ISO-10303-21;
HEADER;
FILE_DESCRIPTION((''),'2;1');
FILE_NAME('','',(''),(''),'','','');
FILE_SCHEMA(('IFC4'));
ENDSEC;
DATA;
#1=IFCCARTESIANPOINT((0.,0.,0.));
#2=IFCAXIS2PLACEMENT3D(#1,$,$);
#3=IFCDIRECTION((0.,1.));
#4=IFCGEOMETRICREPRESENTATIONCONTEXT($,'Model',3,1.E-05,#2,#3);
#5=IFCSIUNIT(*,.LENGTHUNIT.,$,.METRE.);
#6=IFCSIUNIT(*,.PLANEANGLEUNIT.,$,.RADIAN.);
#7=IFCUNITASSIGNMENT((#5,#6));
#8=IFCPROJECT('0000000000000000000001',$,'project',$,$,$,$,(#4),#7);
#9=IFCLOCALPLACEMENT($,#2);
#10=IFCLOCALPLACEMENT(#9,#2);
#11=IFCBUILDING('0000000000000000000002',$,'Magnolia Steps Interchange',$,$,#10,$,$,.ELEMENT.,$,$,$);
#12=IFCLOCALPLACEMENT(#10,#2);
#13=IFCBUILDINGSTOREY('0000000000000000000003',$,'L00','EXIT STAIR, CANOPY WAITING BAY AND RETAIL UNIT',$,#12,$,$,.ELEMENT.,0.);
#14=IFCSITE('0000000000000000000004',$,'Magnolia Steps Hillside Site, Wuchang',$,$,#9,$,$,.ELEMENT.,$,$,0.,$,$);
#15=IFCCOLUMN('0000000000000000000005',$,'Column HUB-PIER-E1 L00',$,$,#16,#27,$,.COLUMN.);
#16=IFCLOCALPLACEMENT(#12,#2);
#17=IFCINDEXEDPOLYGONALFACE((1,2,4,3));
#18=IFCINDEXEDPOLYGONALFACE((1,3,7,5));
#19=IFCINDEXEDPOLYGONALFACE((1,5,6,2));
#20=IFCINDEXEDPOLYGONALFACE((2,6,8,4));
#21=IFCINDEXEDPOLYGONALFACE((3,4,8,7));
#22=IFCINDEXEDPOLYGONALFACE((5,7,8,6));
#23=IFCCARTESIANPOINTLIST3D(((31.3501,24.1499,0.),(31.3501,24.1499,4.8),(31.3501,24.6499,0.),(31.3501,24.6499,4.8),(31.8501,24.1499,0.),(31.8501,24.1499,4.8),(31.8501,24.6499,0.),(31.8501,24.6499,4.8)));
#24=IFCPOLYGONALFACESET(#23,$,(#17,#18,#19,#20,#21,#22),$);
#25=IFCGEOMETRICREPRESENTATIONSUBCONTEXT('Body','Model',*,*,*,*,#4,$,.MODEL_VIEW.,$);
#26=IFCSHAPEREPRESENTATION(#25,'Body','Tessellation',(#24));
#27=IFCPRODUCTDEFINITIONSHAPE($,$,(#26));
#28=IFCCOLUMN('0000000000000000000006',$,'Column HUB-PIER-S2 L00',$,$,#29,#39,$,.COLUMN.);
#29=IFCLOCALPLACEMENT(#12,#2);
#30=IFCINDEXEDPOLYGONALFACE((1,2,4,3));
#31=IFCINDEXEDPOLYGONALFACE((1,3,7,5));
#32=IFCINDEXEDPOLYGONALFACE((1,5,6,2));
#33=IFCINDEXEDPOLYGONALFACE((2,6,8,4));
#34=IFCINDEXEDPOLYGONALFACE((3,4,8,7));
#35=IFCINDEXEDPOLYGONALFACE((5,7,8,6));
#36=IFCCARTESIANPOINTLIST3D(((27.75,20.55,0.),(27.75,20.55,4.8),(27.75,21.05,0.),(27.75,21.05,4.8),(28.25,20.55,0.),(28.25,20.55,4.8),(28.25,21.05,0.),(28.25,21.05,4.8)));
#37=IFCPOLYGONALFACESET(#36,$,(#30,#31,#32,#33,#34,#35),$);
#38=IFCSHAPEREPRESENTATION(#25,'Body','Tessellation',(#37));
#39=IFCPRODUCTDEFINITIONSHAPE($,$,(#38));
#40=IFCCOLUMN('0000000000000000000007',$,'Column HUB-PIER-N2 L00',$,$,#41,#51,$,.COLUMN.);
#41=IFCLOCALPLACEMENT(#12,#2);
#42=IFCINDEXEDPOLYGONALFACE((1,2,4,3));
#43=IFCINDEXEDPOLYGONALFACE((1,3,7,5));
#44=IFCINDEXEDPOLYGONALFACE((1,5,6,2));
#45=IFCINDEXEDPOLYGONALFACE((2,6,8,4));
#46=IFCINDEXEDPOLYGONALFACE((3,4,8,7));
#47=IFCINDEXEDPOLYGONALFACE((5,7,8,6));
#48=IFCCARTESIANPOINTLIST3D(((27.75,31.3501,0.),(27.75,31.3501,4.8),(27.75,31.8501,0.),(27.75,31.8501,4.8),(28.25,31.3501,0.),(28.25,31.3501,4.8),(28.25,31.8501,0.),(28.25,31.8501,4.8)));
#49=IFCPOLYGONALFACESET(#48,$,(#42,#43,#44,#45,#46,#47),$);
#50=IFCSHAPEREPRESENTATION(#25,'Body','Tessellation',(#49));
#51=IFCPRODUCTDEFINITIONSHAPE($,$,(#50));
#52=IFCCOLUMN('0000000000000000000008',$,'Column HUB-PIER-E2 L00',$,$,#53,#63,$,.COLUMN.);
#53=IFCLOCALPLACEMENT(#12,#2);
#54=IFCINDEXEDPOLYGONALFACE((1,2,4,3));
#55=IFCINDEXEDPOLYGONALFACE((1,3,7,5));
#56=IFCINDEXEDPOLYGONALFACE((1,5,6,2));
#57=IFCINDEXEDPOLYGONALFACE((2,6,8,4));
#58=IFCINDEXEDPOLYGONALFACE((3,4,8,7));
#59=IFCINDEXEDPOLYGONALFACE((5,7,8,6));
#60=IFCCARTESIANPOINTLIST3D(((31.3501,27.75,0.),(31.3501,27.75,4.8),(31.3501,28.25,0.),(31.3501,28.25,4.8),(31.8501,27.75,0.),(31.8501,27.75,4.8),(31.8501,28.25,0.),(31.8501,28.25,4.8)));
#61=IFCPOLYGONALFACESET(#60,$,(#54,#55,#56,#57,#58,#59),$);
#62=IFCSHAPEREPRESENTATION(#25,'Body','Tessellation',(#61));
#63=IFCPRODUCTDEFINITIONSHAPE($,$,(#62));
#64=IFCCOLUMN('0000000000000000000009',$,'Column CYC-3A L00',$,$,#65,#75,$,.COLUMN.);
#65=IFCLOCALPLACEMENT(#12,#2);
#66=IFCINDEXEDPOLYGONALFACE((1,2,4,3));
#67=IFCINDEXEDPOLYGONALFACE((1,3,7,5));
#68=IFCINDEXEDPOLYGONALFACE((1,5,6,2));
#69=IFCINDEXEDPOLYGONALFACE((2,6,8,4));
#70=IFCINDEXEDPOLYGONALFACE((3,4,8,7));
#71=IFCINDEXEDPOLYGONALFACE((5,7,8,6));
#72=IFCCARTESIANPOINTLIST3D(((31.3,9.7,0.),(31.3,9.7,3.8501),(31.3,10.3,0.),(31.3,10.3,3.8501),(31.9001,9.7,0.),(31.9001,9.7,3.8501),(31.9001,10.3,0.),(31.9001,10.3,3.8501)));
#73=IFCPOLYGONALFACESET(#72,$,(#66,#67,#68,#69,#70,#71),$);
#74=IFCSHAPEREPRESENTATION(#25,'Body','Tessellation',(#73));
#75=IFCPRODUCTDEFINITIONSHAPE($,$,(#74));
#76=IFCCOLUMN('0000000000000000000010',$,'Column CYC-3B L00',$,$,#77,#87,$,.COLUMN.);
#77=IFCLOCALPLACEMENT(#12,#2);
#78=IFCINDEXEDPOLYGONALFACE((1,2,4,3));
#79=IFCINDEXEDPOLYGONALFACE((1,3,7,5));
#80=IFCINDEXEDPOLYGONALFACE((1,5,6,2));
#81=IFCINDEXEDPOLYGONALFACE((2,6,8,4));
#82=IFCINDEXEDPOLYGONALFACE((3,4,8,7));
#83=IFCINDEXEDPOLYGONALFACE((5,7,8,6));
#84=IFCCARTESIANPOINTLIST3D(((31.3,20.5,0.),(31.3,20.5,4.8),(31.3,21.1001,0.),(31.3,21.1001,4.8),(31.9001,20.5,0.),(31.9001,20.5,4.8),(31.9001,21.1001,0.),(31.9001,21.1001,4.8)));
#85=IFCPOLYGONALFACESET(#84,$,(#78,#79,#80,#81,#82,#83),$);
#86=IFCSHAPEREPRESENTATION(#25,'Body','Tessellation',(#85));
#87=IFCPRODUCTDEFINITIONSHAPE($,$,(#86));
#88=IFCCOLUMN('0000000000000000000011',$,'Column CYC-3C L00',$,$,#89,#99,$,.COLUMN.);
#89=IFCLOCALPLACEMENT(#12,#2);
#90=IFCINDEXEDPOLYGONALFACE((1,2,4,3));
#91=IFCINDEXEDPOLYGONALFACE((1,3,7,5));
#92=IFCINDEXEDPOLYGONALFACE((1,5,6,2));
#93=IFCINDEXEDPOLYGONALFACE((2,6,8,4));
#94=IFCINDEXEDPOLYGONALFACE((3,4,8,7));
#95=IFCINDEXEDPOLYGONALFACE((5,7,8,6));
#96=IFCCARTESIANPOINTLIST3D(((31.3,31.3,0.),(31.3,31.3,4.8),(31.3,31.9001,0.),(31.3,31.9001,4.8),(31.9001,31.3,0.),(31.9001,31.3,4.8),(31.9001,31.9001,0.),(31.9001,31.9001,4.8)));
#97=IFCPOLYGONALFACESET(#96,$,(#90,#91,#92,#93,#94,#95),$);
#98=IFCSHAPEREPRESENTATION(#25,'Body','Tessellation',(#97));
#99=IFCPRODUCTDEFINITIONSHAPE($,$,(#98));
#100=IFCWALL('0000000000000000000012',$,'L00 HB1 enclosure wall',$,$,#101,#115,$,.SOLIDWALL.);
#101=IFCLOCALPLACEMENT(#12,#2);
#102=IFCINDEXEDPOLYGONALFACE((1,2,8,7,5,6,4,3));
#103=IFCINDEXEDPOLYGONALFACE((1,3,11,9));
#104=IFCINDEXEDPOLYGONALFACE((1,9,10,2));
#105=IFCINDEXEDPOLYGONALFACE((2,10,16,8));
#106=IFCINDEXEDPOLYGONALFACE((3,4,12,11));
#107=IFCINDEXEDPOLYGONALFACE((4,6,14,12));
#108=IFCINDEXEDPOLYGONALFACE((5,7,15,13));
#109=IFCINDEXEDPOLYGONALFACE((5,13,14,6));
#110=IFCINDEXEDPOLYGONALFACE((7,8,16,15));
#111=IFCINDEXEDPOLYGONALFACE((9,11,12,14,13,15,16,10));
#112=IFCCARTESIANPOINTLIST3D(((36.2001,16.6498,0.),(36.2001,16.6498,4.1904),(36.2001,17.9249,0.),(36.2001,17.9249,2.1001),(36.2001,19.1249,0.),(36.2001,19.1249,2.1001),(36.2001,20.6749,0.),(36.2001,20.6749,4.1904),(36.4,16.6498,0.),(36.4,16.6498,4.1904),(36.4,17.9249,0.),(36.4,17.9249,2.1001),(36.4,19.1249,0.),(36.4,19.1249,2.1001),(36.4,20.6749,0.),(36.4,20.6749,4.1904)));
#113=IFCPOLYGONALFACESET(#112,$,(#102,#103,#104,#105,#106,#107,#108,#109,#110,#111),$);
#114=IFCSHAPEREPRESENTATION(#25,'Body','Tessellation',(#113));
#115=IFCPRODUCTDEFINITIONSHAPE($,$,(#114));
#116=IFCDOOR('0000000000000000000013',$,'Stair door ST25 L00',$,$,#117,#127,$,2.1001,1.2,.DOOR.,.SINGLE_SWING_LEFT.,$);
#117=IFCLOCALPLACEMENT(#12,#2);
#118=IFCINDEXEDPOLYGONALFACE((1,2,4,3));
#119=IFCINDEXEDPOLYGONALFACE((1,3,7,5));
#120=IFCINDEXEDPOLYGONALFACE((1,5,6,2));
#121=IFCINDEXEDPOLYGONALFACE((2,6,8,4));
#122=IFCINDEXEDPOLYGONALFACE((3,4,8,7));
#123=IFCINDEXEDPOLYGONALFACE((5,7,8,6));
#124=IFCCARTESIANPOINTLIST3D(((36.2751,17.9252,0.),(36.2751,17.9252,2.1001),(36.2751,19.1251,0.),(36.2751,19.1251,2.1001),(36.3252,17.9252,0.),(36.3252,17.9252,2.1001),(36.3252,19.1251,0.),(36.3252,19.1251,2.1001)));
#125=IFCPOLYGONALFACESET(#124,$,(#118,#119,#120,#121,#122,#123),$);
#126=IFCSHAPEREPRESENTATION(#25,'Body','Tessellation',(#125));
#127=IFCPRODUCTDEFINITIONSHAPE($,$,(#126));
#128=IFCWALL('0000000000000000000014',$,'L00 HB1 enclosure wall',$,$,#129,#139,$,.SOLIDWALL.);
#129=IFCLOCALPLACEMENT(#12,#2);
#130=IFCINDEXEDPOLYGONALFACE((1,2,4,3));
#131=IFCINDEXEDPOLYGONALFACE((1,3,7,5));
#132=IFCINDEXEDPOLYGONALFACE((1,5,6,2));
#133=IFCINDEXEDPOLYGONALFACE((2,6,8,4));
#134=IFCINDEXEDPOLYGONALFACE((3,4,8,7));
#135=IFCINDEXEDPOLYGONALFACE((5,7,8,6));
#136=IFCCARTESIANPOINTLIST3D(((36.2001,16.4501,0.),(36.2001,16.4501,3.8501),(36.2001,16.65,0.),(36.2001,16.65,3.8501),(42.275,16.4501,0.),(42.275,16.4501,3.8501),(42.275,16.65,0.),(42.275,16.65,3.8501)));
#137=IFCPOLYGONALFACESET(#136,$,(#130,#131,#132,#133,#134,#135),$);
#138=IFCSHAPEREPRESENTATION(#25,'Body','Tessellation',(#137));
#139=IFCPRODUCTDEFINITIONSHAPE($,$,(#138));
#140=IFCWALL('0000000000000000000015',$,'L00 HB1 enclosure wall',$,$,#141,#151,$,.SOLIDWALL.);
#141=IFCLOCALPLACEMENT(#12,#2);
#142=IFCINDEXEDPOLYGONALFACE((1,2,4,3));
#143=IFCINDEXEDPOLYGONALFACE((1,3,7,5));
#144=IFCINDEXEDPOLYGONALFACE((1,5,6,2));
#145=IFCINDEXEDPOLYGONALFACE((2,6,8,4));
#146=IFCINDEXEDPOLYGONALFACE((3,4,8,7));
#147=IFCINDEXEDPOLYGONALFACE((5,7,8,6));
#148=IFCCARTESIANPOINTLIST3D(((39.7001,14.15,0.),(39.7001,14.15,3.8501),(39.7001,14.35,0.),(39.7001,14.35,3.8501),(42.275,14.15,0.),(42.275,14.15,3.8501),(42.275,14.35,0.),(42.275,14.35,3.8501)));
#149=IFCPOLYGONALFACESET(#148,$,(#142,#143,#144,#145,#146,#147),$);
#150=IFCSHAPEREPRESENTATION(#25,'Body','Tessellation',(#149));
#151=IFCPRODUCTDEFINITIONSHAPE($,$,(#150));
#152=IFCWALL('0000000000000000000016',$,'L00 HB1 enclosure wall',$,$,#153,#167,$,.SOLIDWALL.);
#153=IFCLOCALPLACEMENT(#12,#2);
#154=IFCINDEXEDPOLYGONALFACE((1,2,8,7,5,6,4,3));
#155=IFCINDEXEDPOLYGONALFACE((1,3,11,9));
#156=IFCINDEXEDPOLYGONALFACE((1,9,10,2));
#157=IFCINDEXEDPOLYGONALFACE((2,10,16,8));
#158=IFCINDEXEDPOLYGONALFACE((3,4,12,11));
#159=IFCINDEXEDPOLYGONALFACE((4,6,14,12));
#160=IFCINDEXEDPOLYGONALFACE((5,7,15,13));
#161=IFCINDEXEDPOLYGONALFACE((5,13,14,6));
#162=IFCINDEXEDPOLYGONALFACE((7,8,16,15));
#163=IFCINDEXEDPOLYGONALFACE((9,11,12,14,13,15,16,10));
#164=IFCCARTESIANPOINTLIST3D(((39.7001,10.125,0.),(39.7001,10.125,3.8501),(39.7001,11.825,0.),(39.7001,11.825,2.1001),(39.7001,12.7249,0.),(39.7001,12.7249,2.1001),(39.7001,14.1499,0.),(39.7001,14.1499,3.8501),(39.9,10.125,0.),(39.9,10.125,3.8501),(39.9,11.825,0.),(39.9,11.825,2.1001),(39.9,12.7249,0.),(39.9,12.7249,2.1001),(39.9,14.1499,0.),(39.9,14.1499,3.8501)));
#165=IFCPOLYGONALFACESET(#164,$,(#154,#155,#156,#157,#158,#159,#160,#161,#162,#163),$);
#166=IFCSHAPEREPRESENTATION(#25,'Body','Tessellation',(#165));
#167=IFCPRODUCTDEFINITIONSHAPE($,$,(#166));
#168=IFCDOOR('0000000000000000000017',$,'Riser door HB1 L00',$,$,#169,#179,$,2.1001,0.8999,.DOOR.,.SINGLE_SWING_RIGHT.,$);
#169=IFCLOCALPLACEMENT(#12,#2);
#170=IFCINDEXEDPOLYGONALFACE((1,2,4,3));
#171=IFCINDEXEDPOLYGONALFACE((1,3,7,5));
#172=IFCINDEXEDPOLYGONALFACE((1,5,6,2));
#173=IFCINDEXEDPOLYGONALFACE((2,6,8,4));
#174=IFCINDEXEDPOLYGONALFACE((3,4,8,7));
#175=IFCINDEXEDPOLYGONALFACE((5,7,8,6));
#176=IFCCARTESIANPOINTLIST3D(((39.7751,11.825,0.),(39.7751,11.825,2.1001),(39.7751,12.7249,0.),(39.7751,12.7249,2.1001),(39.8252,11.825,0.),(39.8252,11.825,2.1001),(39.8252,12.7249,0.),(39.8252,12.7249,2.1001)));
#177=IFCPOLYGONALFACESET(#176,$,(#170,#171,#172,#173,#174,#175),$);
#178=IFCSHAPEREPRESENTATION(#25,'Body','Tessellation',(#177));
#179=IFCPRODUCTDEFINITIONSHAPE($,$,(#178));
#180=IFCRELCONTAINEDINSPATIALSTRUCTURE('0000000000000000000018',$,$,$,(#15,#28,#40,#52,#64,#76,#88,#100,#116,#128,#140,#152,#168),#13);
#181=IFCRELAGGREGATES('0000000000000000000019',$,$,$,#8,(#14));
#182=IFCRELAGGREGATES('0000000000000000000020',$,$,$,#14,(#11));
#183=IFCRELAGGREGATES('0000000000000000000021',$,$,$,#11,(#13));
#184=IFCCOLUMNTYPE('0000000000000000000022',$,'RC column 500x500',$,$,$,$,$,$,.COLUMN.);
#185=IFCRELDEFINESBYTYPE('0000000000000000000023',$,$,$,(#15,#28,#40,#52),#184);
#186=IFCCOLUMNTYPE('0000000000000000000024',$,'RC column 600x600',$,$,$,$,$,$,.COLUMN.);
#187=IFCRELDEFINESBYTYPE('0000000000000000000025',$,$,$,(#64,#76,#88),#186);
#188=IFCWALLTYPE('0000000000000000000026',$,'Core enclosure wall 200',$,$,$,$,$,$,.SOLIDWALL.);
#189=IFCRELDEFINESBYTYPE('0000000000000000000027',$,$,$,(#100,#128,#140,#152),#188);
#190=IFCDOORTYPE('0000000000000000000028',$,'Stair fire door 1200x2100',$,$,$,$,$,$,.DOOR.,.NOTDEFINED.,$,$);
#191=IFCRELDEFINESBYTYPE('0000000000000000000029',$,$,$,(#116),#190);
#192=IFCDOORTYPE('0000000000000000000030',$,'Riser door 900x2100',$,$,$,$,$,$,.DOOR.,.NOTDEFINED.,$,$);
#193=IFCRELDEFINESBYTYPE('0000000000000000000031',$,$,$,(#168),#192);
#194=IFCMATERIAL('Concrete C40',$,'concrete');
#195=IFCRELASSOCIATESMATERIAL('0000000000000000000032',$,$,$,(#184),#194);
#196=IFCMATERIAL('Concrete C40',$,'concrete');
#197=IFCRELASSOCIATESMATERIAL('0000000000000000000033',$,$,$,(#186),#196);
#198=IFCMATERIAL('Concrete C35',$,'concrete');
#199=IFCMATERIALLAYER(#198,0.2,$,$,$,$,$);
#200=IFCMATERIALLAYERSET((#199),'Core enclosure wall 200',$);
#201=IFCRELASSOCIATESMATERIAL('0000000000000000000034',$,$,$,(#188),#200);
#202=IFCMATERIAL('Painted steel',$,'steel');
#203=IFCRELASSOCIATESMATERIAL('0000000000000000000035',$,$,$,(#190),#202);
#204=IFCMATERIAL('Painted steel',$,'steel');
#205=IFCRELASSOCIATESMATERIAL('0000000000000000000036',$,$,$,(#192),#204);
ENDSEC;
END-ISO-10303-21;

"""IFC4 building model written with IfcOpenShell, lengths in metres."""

from ifc_helpers import new_model, si_unit, direction, frame, frame_2d, origin, origin_2d, place, context, subcontext, project, spatial, rectangle, extrude, material, layer, layer_set, material_profile, profile_set, type_object, element, fill, save


model = new_model("IFC4")

# Units and contexts
model_context = context("Model", 3, precision=1e-05, world=origin(), true_north=direction((0.0, 1.0)))
body_context = subcontext(model_context, "Body", "Model", "MODEL_VIEW")
ifc_project = project(units=[si_unit("LENGTHUNIT", "METRE"), si_unit("PLANEANGLEUNIT", "RADIAN")], contexts=[model_context])

# Site, building, storey
site_placement = place(None, origin())
site = spatial("IfcSite", under=ifc_project, at=site_placement, Name="Magnolia Steps Hillside Site, Wuchang", CompositionType="ELEMENT", RefElevation=0.0)
building_placement = place(site_placement, origin())
building = spatial("IfcBuilding", under=site, at=building_placement, Name="Magnolia Steps Interchange", CompositionType="ELEMENT")
storey_placement = place(building_placement, origin())
storey = spatial("IfcBuildingStorey", under=building, at=storey_placement, Name="L00", Description="EXIT STAIR, CANOPY WAITING BAY AND RETAIL UNIT", CompositionType="ELEMENT", Elevation=0.0)

# Columns
ifc_material_1 = material(Name="Concrete C40", Category="concrete")
ifc_material_profile_1 = material_profile(ifc_material_1, rectangle(XDim=0.5, YDim=0.5, at=origin_2d()), Name="RC500x500")
ifc_profile_set_1 = profile_set([ifc_material_profile_1], Name="Concrete C40")
column_type_1 = type_object("IfcColumnType", Name="RC column 500x500", PredefinedType="COLUMN", material=ifc_profile_set_1)
for number, where, z_axis, x_axis, name in (
    (1, (31.6001, 24.3999, 0.0), (0.0, 0.0, 1.0), (1.0, 0.0, 0.0), "Column HUB-PIER-E1 L00"),
    (2, (28.0, 20.8, 0.0), (0.0, 0.0, 1.0), (1.0, 0.0, 0.0), "Column HUB-PIER-S2 L00"),
    (3, (28.0, 31.6001, 0.0), (0.0, 0.0, 1.0), (1.0, 0.0, 0.0), "Column HUB-PIER-N2 L00"),
    (4, (31.6001, 28.0, 0.0), (0.0, 0.0, 1.0), (1.0, 0.0, 0.0), "Column HUB-PIER-E2 L00"),
):
    element("IfcColumn", number, at=place(storey_placement, frame(where, z_axis=z_axis, x_axis=x_axis)), inside=storey, type_object=column_type_1, Name=name, PredefinedType="COLUMN", context=body_context, shape_type="SweptSolid", body=[
        extrude(rectangle(XDim=0.5, YDim=0.5, at=origin_2d()), origin(), (0.0, 0.0, 1.0), 4.8),
    ])
ifc_material_2 = material(Name="Concrete C40", Category="concrete")
ifc_material_profile_2 = material_profile(ifc_material_2, rectangle(XDim=0.6001, YDim=0.6001, at=origin_2d()), Name="RC600x600")
ifc_profile_set_2 = profile_set([ifc_material_profile_2], Name="Concrete C40")
column_type_2 = type_object("IfcColumnType", Name="RC column 600x600", PredefinedType="COLUMN", material=ifc_profile_set_2)
column_placement = place(storey_placement, frame((31.6001, 10.0, 0.0), z_axis=(0.0, 0.0, 1.0), x_axis=(1.0, 0.0, 0.0)))
element("IfcColumn", 5, at=column_placement, inside=storey, type_object=column_type_2, Name="Column CYC-3A L00", PredefinedType="COLUMN", context=body_context, shape_type="SweptSolid", body=[
    extrude(rectangle(XDim=0.6001, YDim=0.6001, at=origin_2d()), origin(), (0.0, 0.0, 1.0), 3.8501),
])
for number, where, z_axis, x_axis, name in (
    (6, (31.6001, 20.8, 0.0), (0.0, 0.0, 1.0), (1.0, 0.0, 0.0), "Column CYC-3B L00"),
    (7, (31.6001, 31.6001, 0.0), (0.0, 0.0, 1.0), (1.0, 0.0, 0.0), "Column CYC-3C L00"),
):
    element("IfcColumn", number, at=place(storey_placement, frame(where, z_axis=z_axis, x_axis=x_axis)), inside=storey, type_object=column_type_2, Name=name, PredefinedType="COLUMN", context=body_context, shape_type="SweptSolid", body=[
        extrude(rectangle(XDim=0.6001, YDim=0.6001, at=origin_2d()), origin(), (0.0, 0.0, 1.0), 4.8),
    ])

# Wall, opening, door
ifc_material_3 = material(Name="Concrete C35", Category="concrete")
ifc_layer_1 = layer(ifc_material_3, 0.2)
ifc_layer_set_1 = layer_set([ifc_layer_1], Name="Core enclosure wall 200")
wall_type_1 = type_object("IfcWallType", Name="Core enclosure wall 200", PredefinedType="SOLIDWALL", material=ifc_layer_set_1)
wall_1_placement = place(storey_placement, frame((36.3, 20.675, 0.0), z_axis=(0.0, 0.0, 1.0), x_axis=(0.0, -1.0, 0.0)))
wall_1 = element("IfcWall", 8, at=wall_1_placement, inside=storey, type_object=wall_type_1, Name="L00 HB1 enclosure wall", PredefinedType="SOLIDWALL", context=body_context, shape_type="SweptSolid", body=[
    extrude(rectangle(XDim=4.0251, YDim=0.2, at=frame_2d((2.0127, 0.0))), origin(), (0.0, 0.0, 1.0), 4.1904),
])
opening_1_placement = place(wall_1_placement, frame((1.55, 0.0, 0.0)))
opening_1 = element("IfcOpeningElement", 9, at=opening_1_placement, cuts=wall_1, PredefinedType="OPENING", context=body_context, shape_type="SweptSolid", body=[
    extrude(rectangle(XDim=1.2, YDim=2.1001, at=frame_2d((0.6001, 1.05))), frame((0.0, 0.1099, 0.0), z_axis=(0.0, -1.0, 0.0), x_axis=(1.0, 0.0, 0.0)), (0.0, 0.0, 1.0), 0.22),
])
ifc_material_4 = material(Name="Painted steel", Category="steel")
door_type_1 = type_object("IfcDoorType", Name="Stair fire door 1200x2100", OperationType="NOTDEFINED", PredefinedType="DOOR", material=ifc_material_4)
door_1_placement = place(opening_1_placement, frame((1.2, 0.0, 0.0), z_axis=(0.0, 0.0, 1.0), x_axis=(-1.0, 0.0, 0.0)))
door_1 = element("IfcDoor", 10, at=door_1_placement, inside=storey, type_object=door_type_1, Name="Stair door ST25 L00", OperationType="SINGLE_SWING_LEFT", OverallHeight=2.1001, OverallWidth=1.2, PredefinedType="DOOR", context=body_context, shape_type="SweptSolid", body=[
    extrude(rectangle(XDim=1.2, YDim=2.1001, at=frame_2d((0.6001, 1.05))), frame((0.0, 0.0249, 0.0), z_axis=(0.0, -1.0, 0.0), x_axis=(1.0, 0.0, 0.0)), (0.0, 0.0, 1.0), 0.05),
])
fill(opening_1, door_1)

# Walls
wall_2_placement = place(storey_placement, frame((36.2, 16.55, 0.0), z_axis=(0.0, 0.0, 1.0), x_axis=(1.0, 0.0, 0.0)))
element("IfcWall", 11, at=wall_2_placement, inside=storey, type_object=wall_type_1, Name="L00 HB1 enclosure wall", PredefinedType="SOLIDWALL", context=body_context, shape_type="SweptSolid", body=[
    extrude(rectangle(XDim=6.075, YDim=0.2, at=frame_2d((3.0376, 0.0))), origin(), (0.0, 0.0, 1.0), 3.8501),
])
wall_3_placement = place(storey_placement, frame((39.7, 14.25, 0.0), z_axis=(0.0, 0.0, 1.0), x_axis=(1.0, 0.0, 0.0)))
element("IfcWall", 12, at=wall_3_placement, inside=storey, type_object=wall_type_1, Name="L00 HB1 enclosure wall", PredefinedType="SOLIDWALL", context=body_context, shape_type="SweptSolid", body=[
    extrude(rectangle(XDim=2.575, YDim=0.2, at=frame_2d((1.2876, 0.0))), origin(), (0.0, 0.0, 1.0), 3.8501),
])

# Wall, opening, door
wall_4_placement = place(storey_placement, frame((39.8, 14.1499, 0.0), z_axis=(0.0, 0.0, 1.0), x_axis=(0.0, -1.0, 0.0)))
wall_4 = element("IfcWall", 13, at=wall_4_placement, inside=storey, type_object=wall_type_1, Name="L00 HB1 enclosure wall", PredefinedType="SOLIDWALL", context=body_context, shape_type="SweptSolid", body=[
    extrude(rectangle(XDim=4.0249, YDim=0.2, at=frame_2d((2.0125, 0.0))), origin(), (0.0, 0.0, 1.0), 3.8501),
])
opening_2_placement = place(wall_4_placement, frame((1.425, 0.0, 0.0)))
opening_2 = element("IfcOpeningElement", 14, at=opening_2_placement, cuts=wall_4, PredefinedType="OPENING", context=body_context, shape_type="SweptSolid", body=[
    extrude(rectangle(XDim=0.8999, YDim=2.1001, at=frame_2d((0.45, 1.05))), frame((0.0, 0.1099, 0.0), z_axis=(0.0, -1.0, 0.0), x_axis=(1.0, 0.0, 0.0)), (0.0, 0.0, 1.0), 0.22),
])
ifc_material_5 = material(Name="Painted steel", Category="steel")
door_type_2 = type_object("IfcDoorType", Name="Riser door 900x2100", OperationType="NOTDEFINED", PredefinedType="DOOR", material=ifc_material_5)
door_2_placement = place(opening_2_placement, frame((0.8999, 0.0, 0.0), z_axis=(0.0, 0.0, 1.0), x_axis=(-1.0, 0.0, 0.0)))
door_2 = element("IfcDoor", 15, at=door_2_placement, inside=storey, type_object=door_type_2, Name="Riser door HB1 L00", OperationType="SINGLE_SWING_RIGHT", OverallHeight=2.1001, OverallWidth=0.8999, PredefinedType="DOOR", context=body_context, shape_type="SweptSolid", body=[
    extrude(rectangle(XDim=0.8999, YDim=2.1001, at=frame_2d((0.45, 1.05))), frame((0.0, 0.0249, 0.0), z_axis=(0.0, -1.0, 0.0), x_axis=(1.0, 0.0, 0.0)), (0.0, 0.0, 1.0), 0.05),
])
fill(opening_2, door_2)

save(model, "model.ifc")
